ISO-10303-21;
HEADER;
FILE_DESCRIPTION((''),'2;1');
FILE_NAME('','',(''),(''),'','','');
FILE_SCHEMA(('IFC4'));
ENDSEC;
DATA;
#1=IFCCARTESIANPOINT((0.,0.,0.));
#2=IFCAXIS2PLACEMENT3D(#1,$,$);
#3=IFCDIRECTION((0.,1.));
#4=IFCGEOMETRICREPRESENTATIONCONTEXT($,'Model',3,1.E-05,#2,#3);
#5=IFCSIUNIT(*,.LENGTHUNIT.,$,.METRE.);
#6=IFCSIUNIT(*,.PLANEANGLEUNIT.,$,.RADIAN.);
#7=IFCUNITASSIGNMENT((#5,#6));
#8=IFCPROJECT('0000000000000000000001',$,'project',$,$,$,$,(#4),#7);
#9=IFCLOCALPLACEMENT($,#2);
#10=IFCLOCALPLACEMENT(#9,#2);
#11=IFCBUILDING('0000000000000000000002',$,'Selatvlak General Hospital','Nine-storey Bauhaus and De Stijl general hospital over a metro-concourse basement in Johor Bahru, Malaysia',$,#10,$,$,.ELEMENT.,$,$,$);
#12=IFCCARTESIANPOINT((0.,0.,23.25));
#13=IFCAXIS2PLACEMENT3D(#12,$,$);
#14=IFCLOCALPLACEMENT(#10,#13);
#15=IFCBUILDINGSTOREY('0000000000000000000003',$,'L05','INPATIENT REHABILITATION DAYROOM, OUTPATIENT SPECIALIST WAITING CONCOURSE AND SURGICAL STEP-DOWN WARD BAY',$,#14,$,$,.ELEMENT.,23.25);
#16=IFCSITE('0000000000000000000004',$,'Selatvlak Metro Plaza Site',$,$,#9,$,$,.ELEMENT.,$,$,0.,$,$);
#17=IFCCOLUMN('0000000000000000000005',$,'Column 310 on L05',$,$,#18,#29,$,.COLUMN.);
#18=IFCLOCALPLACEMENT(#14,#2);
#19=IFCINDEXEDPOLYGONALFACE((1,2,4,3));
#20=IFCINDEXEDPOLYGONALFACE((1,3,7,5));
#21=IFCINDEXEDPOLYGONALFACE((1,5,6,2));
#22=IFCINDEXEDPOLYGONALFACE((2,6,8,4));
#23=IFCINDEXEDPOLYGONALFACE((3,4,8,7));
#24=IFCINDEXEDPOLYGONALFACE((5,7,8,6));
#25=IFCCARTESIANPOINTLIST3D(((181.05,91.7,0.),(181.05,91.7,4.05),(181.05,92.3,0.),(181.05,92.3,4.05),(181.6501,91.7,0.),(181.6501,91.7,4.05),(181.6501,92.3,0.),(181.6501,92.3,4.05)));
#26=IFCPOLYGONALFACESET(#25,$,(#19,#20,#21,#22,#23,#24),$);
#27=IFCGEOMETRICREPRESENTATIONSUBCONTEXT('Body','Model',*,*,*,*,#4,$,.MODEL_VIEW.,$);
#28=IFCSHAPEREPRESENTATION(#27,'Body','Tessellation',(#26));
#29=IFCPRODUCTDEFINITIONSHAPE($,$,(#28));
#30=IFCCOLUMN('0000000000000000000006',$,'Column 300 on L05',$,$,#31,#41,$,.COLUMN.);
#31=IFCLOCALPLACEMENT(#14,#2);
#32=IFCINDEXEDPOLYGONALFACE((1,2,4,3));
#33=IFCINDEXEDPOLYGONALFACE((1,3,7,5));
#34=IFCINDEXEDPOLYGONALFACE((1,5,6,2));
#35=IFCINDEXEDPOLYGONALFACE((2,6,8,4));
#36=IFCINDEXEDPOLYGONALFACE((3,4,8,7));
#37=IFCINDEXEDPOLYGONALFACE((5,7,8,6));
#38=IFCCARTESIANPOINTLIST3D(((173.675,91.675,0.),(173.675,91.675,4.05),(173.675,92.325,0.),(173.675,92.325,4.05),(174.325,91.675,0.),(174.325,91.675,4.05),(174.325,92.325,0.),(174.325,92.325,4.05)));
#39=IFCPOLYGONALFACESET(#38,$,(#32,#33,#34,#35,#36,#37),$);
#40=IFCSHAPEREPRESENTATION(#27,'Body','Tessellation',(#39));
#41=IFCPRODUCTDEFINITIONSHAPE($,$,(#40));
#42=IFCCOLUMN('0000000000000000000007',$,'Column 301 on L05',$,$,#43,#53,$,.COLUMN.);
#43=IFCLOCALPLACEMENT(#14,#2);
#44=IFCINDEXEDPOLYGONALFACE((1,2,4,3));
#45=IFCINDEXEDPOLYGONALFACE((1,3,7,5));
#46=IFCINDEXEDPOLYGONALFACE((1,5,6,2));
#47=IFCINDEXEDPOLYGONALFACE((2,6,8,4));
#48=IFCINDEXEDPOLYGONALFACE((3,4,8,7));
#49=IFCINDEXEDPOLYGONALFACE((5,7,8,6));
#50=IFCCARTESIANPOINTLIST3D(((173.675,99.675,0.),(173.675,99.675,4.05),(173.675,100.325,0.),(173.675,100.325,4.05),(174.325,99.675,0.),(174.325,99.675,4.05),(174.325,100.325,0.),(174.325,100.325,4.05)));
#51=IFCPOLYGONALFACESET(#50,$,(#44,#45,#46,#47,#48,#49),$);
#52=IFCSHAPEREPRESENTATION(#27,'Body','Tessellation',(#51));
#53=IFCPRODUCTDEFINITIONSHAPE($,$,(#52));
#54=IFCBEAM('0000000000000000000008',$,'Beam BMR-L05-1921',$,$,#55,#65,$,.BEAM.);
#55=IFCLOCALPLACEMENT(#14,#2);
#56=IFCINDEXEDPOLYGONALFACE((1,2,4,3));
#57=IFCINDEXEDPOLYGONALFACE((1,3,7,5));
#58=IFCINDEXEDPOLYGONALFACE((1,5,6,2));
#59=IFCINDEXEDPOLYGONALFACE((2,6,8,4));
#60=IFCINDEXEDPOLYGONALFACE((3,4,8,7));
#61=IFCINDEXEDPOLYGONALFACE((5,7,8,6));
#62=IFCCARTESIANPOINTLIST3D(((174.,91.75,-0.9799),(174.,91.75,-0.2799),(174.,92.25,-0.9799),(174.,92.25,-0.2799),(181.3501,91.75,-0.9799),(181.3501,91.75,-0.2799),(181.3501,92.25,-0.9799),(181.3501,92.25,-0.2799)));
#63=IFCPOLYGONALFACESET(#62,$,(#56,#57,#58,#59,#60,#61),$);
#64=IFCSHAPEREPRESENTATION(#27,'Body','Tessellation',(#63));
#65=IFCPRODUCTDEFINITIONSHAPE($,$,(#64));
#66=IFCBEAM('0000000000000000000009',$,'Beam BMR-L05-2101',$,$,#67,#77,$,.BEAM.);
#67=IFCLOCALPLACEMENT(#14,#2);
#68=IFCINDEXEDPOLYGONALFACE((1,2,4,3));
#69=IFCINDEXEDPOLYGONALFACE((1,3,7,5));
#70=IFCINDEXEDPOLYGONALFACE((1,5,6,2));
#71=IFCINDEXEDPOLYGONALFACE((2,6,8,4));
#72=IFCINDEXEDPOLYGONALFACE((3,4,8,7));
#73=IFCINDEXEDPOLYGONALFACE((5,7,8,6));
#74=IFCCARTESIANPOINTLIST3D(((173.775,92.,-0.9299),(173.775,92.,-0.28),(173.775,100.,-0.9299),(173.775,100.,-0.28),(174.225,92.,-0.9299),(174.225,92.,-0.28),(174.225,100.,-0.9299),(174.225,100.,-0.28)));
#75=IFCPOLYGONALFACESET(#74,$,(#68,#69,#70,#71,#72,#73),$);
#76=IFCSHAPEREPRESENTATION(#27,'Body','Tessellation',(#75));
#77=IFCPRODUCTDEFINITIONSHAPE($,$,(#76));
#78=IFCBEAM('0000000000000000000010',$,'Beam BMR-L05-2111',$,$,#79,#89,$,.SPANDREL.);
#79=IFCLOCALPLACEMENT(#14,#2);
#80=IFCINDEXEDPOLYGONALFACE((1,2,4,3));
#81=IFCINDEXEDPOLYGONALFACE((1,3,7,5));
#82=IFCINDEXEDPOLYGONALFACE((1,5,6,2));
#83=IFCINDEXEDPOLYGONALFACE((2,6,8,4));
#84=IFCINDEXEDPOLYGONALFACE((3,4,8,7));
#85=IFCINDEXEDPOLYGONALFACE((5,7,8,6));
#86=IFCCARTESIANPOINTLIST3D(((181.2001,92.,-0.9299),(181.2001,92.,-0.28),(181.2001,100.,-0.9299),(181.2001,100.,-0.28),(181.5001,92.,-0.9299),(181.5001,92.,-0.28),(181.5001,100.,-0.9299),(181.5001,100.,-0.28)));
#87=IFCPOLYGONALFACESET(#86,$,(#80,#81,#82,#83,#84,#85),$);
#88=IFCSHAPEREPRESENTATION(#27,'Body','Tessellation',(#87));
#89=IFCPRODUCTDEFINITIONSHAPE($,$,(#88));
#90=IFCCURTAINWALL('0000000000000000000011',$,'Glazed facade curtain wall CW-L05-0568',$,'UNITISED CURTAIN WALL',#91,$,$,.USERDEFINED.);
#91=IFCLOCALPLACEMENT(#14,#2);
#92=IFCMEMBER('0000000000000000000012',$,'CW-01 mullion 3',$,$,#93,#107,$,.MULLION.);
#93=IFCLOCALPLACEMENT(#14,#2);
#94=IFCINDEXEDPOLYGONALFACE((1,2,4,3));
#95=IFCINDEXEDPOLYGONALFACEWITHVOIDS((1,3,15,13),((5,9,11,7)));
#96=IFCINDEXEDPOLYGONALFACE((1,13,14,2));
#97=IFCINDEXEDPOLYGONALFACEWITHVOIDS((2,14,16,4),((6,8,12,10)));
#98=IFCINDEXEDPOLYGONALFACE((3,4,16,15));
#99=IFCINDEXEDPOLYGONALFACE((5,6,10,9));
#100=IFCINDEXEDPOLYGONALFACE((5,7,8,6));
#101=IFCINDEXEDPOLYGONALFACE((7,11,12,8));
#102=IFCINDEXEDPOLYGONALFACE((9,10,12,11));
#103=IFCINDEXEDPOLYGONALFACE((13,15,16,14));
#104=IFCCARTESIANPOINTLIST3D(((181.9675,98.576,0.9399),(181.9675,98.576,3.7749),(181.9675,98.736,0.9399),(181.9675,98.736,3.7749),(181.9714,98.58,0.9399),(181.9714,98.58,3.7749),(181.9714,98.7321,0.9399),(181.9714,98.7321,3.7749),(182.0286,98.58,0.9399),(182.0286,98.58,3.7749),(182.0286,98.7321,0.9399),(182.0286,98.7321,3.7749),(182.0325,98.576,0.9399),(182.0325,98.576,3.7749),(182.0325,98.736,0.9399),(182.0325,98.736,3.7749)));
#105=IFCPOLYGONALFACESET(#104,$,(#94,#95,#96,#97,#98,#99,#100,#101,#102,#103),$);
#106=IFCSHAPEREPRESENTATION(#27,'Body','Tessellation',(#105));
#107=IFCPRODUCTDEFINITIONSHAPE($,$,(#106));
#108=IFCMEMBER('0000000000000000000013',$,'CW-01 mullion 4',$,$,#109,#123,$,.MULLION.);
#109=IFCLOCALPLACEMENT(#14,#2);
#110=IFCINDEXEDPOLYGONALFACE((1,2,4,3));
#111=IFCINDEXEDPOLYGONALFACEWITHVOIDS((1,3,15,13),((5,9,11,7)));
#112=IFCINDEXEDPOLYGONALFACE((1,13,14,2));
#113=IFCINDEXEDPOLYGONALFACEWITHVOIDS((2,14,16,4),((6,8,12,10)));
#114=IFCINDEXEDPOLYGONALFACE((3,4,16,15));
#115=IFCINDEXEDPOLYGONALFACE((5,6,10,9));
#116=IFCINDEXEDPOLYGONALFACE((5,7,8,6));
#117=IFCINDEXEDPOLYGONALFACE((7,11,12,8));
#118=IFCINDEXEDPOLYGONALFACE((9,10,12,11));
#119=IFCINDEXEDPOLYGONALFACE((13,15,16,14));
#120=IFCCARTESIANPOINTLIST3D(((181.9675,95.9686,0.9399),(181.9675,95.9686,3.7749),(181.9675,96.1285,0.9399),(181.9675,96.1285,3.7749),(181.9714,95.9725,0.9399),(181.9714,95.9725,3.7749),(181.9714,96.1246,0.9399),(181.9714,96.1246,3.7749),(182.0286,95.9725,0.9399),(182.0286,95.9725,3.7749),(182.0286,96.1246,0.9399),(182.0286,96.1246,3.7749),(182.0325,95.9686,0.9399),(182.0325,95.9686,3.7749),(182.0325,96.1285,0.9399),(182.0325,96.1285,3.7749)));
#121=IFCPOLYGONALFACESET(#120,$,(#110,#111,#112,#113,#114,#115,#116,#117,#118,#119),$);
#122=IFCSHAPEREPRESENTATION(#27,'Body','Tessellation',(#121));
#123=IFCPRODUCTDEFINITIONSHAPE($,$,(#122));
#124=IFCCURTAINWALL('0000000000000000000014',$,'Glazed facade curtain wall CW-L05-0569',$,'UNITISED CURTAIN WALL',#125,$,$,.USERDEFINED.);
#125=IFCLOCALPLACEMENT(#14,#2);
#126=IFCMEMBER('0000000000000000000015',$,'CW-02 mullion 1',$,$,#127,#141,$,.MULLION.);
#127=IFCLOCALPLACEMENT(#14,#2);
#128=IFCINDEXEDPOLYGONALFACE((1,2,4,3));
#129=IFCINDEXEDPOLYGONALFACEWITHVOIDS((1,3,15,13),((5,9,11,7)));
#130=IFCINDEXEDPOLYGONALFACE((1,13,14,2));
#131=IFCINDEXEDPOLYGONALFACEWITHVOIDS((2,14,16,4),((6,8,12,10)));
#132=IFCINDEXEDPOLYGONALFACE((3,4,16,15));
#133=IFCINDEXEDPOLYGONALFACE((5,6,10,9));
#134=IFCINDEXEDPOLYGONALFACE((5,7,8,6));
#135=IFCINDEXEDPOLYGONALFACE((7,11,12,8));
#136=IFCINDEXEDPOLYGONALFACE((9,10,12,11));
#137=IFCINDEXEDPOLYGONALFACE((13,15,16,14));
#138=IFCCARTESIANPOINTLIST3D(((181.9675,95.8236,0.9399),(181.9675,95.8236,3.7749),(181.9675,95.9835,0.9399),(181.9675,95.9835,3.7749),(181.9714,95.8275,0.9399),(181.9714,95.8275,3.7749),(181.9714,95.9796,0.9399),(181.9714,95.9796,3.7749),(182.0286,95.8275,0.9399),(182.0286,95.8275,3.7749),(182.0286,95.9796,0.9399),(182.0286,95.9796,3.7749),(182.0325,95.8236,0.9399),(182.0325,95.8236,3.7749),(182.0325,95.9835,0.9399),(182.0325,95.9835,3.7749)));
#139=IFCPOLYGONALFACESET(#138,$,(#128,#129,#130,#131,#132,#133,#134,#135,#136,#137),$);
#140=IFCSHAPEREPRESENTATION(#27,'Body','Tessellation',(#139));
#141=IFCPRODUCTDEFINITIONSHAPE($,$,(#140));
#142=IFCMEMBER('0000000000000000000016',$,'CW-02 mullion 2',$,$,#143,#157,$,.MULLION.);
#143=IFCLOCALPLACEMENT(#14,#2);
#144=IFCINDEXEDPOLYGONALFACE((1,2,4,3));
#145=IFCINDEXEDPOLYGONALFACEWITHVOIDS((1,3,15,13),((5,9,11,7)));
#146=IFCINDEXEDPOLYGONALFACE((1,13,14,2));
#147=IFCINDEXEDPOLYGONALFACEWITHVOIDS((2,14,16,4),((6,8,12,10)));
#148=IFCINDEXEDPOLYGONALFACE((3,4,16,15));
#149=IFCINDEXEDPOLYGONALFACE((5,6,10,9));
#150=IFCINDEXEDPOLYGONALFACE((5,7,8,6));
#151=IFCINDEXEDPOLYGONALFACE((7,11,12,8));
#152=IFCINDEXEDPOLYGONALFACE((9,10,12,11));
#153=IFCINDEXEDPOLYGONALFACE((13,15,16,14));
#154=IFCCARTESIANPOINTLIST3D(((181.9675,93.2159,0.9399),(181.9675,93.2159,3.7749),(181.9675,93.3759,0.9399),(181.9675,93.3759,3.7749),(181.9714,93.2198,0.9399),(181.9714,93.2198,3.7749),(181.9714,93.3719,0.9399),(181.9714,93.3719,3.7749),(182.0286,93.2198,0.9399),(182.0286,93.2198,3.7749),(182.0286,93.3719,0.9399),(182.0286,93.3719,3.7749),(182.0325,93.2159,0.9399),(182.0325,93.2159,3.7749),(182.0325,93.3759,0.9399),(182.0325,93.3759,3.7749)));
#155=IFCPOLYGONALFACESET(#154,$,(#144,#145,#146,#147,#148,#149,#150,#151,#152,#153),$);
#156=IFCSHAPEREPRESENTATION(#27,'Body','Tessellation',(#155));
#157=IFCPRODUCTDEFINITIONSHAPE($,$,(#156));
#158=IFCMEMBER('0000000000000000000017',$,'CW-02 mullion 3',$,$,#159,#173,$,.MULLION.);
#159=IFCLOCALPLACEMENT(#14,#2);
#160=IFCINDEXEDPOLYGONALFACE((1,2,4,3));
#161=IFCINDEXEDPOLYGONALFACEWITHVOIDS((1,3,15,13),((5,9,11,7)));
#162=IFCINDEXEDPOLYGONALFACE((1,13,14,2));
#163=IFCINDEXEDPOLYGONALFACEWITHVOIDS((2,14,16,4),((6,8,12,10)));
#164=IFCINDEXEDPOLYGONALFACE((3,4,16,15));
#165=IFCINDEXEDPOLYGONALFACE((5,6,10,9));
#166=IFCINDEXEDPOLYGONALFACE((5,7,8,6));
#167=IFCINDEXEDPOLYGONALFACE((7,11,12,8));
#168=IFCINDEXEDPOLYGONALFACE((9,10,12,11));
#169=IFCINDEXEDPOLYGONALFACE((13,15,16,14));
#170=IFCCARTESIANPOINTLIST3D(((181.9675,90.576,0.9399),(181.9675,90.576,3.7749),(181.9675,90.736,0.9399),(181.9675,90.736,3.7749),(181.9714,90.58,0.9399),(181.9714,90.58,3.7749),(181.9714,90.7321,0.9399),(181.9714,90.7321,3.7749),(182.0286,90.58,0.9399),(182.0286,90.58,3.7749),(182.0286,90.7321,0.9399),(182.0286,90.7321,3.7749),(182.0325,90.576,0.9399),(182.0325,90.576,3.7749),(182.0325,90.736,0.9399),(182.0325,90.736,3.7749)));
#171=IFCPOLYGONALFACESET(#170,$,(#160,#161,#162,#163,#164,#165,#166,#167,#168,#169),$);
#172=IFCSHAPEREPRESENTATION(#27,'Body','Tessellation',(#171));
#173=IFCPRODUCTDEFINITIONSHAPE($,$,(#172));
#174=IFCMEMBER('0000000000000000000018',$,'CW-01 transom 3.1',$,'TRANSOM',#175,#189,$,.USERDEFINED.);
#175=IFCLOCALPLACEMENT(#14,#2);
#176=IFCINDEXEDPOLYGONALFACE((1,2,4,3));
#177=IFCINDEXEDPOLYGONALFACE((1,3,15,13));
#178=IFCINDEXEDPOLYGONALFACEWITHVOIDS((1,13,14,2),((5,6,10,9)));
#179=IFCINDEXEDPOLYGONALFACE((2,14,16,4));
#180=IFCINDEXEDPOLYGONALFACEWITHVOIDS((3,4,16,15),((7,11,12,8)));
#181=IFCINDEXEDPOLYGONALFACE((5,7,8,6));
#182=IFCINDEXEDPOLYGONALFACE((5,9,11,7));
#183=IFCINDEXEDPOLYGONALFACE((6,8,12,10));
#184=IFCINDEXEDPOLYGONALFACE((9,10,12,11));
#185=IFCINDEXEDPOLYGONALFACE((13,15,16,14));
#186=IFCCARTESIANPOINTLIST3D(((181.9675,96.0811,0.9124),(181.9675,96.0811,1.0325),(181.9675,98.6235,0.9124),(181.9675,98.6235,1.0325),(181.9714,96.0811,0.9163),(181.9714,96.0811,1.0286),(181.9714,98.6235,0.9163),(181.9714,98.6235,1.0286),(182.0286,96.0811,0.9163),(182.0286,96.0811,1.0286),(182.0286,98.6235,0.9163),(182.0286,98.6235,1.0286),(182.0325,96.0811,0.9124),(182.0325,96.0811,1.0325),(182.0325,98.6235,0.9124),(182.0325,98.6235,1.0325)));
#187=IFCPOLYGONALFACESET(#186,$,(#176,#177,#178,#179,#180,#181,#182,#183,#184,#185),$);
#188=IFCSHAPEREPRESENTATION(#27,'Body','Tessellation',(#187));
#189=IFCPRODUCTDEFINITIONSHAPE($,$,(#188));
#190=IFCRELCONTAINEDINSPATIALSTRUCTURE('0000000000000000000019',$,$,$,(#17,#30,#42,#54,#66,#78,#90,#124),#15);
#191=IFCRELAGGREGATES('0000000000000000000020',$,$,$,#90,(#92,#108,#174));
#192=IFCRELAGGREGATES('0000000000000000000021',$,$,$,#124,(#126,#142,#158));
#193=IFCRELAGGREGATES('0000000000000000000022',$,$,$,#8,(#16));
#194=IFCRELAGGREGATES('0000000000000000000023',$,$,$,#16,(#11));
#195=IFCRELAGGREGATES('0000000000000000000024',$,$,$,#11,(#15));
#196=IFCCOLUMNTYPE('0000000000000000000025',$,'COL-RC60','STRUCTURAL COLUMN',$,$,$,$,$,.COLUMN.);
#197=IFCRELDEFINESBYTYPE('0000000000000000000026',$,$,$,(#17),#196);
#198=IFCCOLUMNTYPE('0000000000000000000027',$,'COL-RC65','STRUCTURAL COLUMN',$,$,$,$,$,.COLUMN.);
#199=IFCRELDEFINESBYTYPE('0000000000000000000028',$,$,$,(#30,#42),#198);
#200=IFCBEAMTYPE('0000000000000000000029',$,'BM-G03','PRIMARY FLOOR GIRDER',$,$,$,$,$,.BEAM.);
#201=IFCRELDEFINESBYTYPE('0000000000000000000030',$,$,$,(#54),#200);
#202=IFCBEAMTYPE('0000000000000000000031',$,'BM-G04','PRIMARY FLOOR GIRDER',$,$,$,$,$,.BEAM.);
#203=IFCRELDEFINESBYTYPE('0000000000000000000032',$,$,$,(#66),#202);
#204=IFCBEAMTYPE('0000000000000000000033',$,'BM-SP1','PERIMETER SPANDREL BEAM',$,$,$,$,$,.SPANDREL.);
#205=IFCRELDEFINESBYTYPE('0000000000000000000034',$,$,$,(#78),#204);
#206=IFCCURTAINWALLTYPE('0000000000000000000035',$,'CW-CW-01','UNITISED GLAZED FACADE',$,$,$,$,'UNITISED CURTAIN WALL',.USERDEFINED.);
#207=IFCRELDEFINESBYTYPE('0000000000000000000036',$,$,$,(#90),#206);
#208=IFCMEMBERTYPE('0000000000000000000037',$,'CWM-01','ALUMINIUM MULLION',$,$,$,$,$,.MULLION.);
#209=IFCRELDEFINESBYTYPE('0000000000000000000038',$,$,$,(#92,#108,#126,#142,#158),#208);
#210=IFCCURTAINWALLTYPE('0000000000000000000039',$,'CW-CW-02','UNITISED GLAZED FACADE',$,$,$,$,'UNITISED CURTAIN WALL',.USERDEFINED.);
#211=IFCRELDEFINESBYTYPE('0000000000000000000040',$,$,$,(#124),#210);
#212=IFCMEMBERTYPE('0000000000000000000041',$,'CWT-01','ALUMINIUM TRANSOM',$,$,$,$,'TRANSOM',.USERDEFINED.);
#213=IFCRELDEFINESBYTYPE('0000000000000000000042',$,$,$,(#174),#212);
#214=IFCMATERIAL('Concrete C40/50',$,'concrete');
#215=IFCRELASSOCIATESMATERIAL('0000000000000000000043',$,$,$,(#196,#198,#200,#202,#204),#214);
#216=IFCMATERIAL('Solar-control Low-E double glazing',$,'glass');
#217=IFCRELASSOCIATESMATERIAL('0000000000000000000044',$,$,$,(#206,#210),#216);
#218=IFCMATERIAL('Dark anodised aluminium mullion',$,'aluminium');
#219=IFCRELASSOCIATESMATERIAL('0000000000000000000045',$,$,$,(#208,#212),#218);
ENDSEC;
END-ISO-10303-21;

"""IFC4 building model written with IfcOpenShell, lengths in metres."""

from ifc_helpers import new_model, si_unit, direction, frame, origin, origin_2d, place, context, subcontext, project, spatial, rectangle, hollow_rectangle, extrude, material, material_profile, profile_set, type_object, element, aggregate, save


model = new_model("IFC4")

# Units and contexts
model_context = context("Model", 3, precision=1e-05, world=origin(), true_north=direction((0.0, 1.0)))
body_context = subcontext(model_context, "Body", "Model", "MODEL_VIEW")
ifc_project = project(units=[si_unit("LENGTHUNIT", "METRE"), si_unit("PLANEANGLEUNIT", "RADIAN")], contexts=[model_context])

# Site, building, storey
site_placement = place(None, origin())
site = spatial("IfcSite", under=ifc_project, at=site_placement, Name="Selatvlak Metro Plaza Site", CompositionType="ELEMENT", RefElevation=0.0)
building_placement = place(site_placement, origin())
building = spatial("IfcBuilding", under=site, at=building_placement, Name="Selatvlak General Hospital", Description="Nine-storey Bauhaus and De Stijl general hospital over a metro-concourse basement in Johor Bahru, Malaysia", CompositionType="ELEMENT")
storey_placement = place(building_placement, frame((0.0, 0.0, 23.25)))
storey = spatial("IfcBuildingStorey", under=building, at=storey_placement, Name="L05", Description="INPATIENT REHABILITATION DAYROOM, OUTPATIENT SPECIALIST WAITING CONCOURSE AND SURGICAL STEP-DOWN WARD BAY", CompositionType="ELEMENT", Elevation=23.25)

# Columns
ifc_material_1 = material(Name="Concrete C40/50", Category="concrete")
ifc_material_profile_1 = material_profile(ifc_material_1, rectangle(XDim=0.6001, YDim=0.6001, at=origin_2d()), Name="RC-COL 600x600")
ifc_profile_set_1 = profile_set([ifc_material_profile_1], Name="Concrete C40/50")
column_type_1 = type_object("IfcColumnType", Name="COL-RC60", Description="STRUCTURAL COLUMN", PredefinedType="COLUMN", material=ifc_profile_set_1)
column_placement = place(storey_placement, frame((181.3501, 92.0, 0.0), z_axis=(0.0, 0.0, 1.0), x_axis=(1.0, 0.0, 0.0)))
element("IfcColumn", 1, at=column_placement, inside=storey, type_object=column_type_1, Name="Column 310 on L05", PredefinedType="COLUMN", context=body_context, shape_type="SweptSolid", body=[
    extrude(rectangle(XDim=0.6001, YDim=0.6001, at=origin_2d()), origin(), (0.0, 0.0, 1.0), 4.05),
])
ifc_material_profile_2 = material_profile(ifc_material_1, rectangle(XDim=0.6499, YDim=0.6499, at=origin_2d()), Name="RC-COL 650x650")
ifc_profile_set_2 = profile_set([ifc_material_profile_2], Name="Concrete C40/50")
column_type_2 = type_object("IfcColumnType", Name="COL-RC65", Description="STRUCTURAL COLUMN", PredefinedType="COLUMN", material=ifc_profile_set_2)
for number, where, z_axis, x_axis, name in (
    (2, (174.0, 92.0, 0.0), (0.0, 0.0, 1.0), (1.0, 0.0, 0.0), "Column 300 on L05"),
    (3, (174.0, 100.0, 0.0), (0.0, 0.0, 1.0), (1.0, 0.0, 0.0), "Column 301 on L05"),
):
    element("IfcColumn", number, at=place(storey_placement, frame(where, z_axis=z_axis, x_axis=x_axis)), inside=storey, type_object=column_type_2, Name=name, PredefinedType="COLUMN", context=body_context, shape_type="SweptSolid", body=[
        extrude(rectangle(XDim=0.6499, YDim=0.6499, at=origin_2d()), origin(), (0.0, 0.0, 1.0), 4.05),
    ])

# Beams
ifc_material_profile_3 = material_profile(ifc_material_1, rectangle(XDim=0.5, YDim=0.7, at=origin_2d()), Name="RC-BM 500x700")
ifc_profile_set_3 = profile_set([ifc_material_profile_3], Name="Concrete C40/50")
beam_type_1 = type_object("IfcBeamType", Name="BM-G03", Description="PRIMARY FLOOR GIRDER", PredefinedType="BEAM", material=ifc_profile_set_3)
beam_1_placement = place(storey_placement, frame((174.0, 92.0, -0.6299), z_axis=(1.0, 0.0, 0.0), x_axis=(0.0, 1.0, 0.0)))
element("IfcBeam", 4, at=beam_1_placement, inside=storey, type_object=beam_type_1, Name="Beam BMR-L05-1921", PredefinedType="BEAM", context=body_context, shape_type="SweptSolid", body=[
    extrude(rectangle(XDim=0.5, YDim=0.7, at=origin_2d()), origin(), (0.0, 0.0, 1.0), 7.3501),
])
ifc_material_profile_4 = material_profile(ifc_material_1, rectangle(XDim=0.45, YDim=0.6499, at=origin_2d()), Name="RC-BM 450x650")
ifc_profile_set_4 = profile_set([ifc_material_profile_4], Name="Concrete C40/50")
beam_type_2 = type_object("IfcBeamType", Name="BM-G04", Description="PRIMARY FLOOR GIRDER", PredefinedType="BEAM", material=ifc_profile_set_4)
beam_2_placement = place(storey_placement, frame((174.0, 92.0, -0.605), z_axis=(0.0, 1.0, 0.0), x_axis=(-1.0, 0.0, 0.0)))
element("IfcBeam", 5, at=beam_2_placement, inside=storey, type_object=beam_type_2, Name="Beam BMR-L05-2101", PredefinedType="BEAM", context=body_context, shape_type="SweptSolid", body=[
    extrude(rectangle(XDim=0.45, YDim=0.6499, at=origin_2d()), origin(), (0.0, 0.0, 1.0), 8.0),
])
ifc_material_profile_5 = material_profile(ifc_material_1, rectangle(XDim=0.3, YDim=0.6499, at=origin_2d()), Name="RC-SP 300x650")
ifc_profile_set_5 = profile_set([ifc_material_profile_5], Name="Concrete C40/50")
beam_type_3 = type_object("IfcBeamType", Name="BM-SP1", Description="PERIMETER SPANDREL BEAM", PredefinedType="SPANDREL", material=ifc_profile_set_5)
beam_3_placement = place(storey_placement, frame((181.3501, 92.0, -0.605), z_axis=(0.0, 1.0, 0.0), x_axis=(-1.0, 0.0, 0.0)))
element("IfcBeam", 6, at=beam_3_placement, inside=storey, type_object=beam_type_3, Name="Beam BMR-L05-2111", PredefinedType="SPANDREL", context=body_context, shape_type="SweptSolid", body=[
    extrude(rectangle(XDim=0.3, YDim=0.6499, at=origin_2d()), origin(), (0.0, 0.0, 1.0), 8.0),
])

# Curtain walls, members
ifc_material_2 = material(Name="Solar-control Low-E double glazing", Category="glass")
curtain_wall_type_1 = type_object("IfcCurtainWallType", Name="CW-CW-01", Description="UNITISED GLAZED FACADE", ElementType="UNITISED CURTAIN WALL", PredefinedType="USERDEFINED", material=ifc_material_2)
curtain_wall_1_placement = place(storey_placement, origin())
curtain_wall_1 = element("IfcCurtainWall", 7, at=curtain_wall_1_placement, inside=storey, type_object=curtain_wall_type_1, Name="Glazed facade curtain wall CW-L05-0568", ObjectType="UNITISED CURTAIN WALL", PredefinedType="USERDEFINED")
ifc_material_3 = material(Name="Dark anodised aluminium mullion", Category="aluminium")
ifc_material_profile_6 = material_profile(ifc_material_3, hollow_rectangle(XDim=0.0649, YDim=0.1599, WallThickness=0.0039, at=origin_2d()), Name="AL-MUL 65x160x4")
ifc_profile_set_6 = profile_set([ifc_material_profile_6], Name="Dark anodised aluminium mullion")
member_type_1 = type_object("IfcMemberType", Name="CWM-01", Description="ALUMINIUM MULLION", PredefinedType="MULLION", material=ifc_profile_set_6)
member_1_placement = place(storey_placement, frame((182.0, 98.656, 0.9399), z_axis=(0.0, 0.0, 1.0), x_axis=(1.0, 0.0, 0.0)))
member_1 = element("IfcMember", 8, at=member_1_placement, type_object=member_type_1, Name="CW-01 mullion 3", PredefinedType="MULLION", context=body_context, shape_type="SweptSolid", body=[
    extrude(hollow_rectangle(XDim=0.0649, YDim=0.1599, WallThickness=0.0039, at=origin_2d()), origin(), (0.0, 0.0, 1.0), 2.835),
])
member_2_placement = place(storey_placement, frame((182.0, 96.0486, 0.9399), z_axis=(0.0, 0.0, 1.0), x_axis=(1.0, 0.0, 0.0)))
member_2 = element("IfcMember", 9, at=member_2_placement, type_object=member_type_1, Name="CW-01 mullion 4", PredefinedType="MULLION", context=body_context, shape_type="SweptSolid", body=[
    extrude(hollow_rectangle(XDim=0.0649, YDim=0.1599, WallThickness=0.0039, at=origin_2d()), origin(), (0.0, 0.0, 1.0), 2.835),
])
curtain_wall_type_2 = type_object("IfcCurtainWallType", Name="CW-CW-02", Description="UNITISED GLAZED FACADE", ElementType="UNITISED CURTAIN WALL", PredefinedType="USERDEFINED", material=ifc_material_2)
curtain_wall_2_placement = place(storey_placement, origin())
curtain_wall_2 = element("IfcCurtainWall", 10, at=curtain_wall_2_placement, inside=storey, type_object=curtain_wall_type_2, Name="Glazed facade curtain wall CW-L05-0569", ObjectType="UNITISED CURTAIN WALL", PredefinedType="USERDEFINED")
member_3_placement = place(storey_placement, frame((182.0, 95.9036, 0.9399), z_axis=(0.0, 0.0, 1.0), x_axis=(1.0, 0.0, 0.0)))
member_3 = element("IfcMember", 11, at=member_3_placement, type_object=member_type_1, Name="CW-02 mullion 1", PredefinedType="MULLION", context=body_context, shape_type="SweptSolid", body=[
    extrude(hollow_rectangle(XDim=0.0649, YDim=0.1599, WallThickness=0.0039, at=origin_2d()), origin(), (0.0, 0.0, 1.0), 2.835),
])
member_4_placement = place(storey_placement, frame((182.0, 93.2959, 0.9399), z_axis=(0.0, 0.0, 1.0), x_axis=(1.0, 0.0, 0.0)))
member_4 = element("IfcMember", 12, at=member_4_placement, type_object=member_type_1, Name="CW-02 mullion 2", PredefinedType="MULLION", context=body_context, shape_type="SweptSolid", body=[
    extrude(hollow_rectangle(XDim=0.0649, YDim=0.1599, WallThickness=0.0039, at=origin_2d()), origin(), (0.0, 0.0, 1.0), 2.835),
])
member_5_placement = place(storey_placement, frame((182.0, 90.656, 0.9399), z_axis=(0.0, 0.0, 1.0), x_axis=(1.0, 0.0, 0.0)))
member_5 = element("IfcMember", 13, at=member_5_placement, type_object=member_type_1, Name="CW-02 mullion 3", PredefinedType="MULLION", context=body_context, shape_type="SweptSolid", body=[
    extrude(hollow_rectangle(XDim=0.0649, YDim=0.1599, WallThickness=0.0039, at=origin_2d()), origin(), (0.0, 0.0, 1.0), 2.835),
])

# Member
ifc_material_profile_7 = material_profile(ifc_material_3, hollow_rectangle(XDim=0.0649, YDim=0.1201, WallThickness=0.0039, at=origin_2d()), Name="AL-TRN 65x120x4")
ifc_profile_set_7 = profile_set([ifc_material_profile_7], Name="Dark anodised aluminium mullion")
member_type_2 = type_object("IfcMemberType", Name="CWT-01", Description="ALUMINIUM TRANSOM", ElementType="TRANSOM", PredefinedType="USERDEFINED", material=ifc_profile_set_7)
member_6_placement = place(storey_placement, frame((182.0, 98.6235, 0.9724), z_axis=(0.0, -1.0, 0.0), x_axis=(1.0, 0.0, 0.0)))
member_6 = element("IfcMember", 14, at=member_6_placement, type_object=member_type_2, Name="CW-01 transom 3.1", ObjectType="TRANSOM", PredefinedType="USERDEFINED", context=body_context, shape_type="SweptSolid", body=[
    extrude(hollow_rectangle(XDim=0.0649, YDim=0.1201, WallThickness=0.0039, at=origin_2d()), origin(), (0.0, 0.0, 1.0), 2.5425),
])

aggregate(curtain_wall_1, [member_1, member_2, member_6])
aggregate(curtain_wall_2, [member_3, member_4, member_5])

save(model, "model.ifc")
